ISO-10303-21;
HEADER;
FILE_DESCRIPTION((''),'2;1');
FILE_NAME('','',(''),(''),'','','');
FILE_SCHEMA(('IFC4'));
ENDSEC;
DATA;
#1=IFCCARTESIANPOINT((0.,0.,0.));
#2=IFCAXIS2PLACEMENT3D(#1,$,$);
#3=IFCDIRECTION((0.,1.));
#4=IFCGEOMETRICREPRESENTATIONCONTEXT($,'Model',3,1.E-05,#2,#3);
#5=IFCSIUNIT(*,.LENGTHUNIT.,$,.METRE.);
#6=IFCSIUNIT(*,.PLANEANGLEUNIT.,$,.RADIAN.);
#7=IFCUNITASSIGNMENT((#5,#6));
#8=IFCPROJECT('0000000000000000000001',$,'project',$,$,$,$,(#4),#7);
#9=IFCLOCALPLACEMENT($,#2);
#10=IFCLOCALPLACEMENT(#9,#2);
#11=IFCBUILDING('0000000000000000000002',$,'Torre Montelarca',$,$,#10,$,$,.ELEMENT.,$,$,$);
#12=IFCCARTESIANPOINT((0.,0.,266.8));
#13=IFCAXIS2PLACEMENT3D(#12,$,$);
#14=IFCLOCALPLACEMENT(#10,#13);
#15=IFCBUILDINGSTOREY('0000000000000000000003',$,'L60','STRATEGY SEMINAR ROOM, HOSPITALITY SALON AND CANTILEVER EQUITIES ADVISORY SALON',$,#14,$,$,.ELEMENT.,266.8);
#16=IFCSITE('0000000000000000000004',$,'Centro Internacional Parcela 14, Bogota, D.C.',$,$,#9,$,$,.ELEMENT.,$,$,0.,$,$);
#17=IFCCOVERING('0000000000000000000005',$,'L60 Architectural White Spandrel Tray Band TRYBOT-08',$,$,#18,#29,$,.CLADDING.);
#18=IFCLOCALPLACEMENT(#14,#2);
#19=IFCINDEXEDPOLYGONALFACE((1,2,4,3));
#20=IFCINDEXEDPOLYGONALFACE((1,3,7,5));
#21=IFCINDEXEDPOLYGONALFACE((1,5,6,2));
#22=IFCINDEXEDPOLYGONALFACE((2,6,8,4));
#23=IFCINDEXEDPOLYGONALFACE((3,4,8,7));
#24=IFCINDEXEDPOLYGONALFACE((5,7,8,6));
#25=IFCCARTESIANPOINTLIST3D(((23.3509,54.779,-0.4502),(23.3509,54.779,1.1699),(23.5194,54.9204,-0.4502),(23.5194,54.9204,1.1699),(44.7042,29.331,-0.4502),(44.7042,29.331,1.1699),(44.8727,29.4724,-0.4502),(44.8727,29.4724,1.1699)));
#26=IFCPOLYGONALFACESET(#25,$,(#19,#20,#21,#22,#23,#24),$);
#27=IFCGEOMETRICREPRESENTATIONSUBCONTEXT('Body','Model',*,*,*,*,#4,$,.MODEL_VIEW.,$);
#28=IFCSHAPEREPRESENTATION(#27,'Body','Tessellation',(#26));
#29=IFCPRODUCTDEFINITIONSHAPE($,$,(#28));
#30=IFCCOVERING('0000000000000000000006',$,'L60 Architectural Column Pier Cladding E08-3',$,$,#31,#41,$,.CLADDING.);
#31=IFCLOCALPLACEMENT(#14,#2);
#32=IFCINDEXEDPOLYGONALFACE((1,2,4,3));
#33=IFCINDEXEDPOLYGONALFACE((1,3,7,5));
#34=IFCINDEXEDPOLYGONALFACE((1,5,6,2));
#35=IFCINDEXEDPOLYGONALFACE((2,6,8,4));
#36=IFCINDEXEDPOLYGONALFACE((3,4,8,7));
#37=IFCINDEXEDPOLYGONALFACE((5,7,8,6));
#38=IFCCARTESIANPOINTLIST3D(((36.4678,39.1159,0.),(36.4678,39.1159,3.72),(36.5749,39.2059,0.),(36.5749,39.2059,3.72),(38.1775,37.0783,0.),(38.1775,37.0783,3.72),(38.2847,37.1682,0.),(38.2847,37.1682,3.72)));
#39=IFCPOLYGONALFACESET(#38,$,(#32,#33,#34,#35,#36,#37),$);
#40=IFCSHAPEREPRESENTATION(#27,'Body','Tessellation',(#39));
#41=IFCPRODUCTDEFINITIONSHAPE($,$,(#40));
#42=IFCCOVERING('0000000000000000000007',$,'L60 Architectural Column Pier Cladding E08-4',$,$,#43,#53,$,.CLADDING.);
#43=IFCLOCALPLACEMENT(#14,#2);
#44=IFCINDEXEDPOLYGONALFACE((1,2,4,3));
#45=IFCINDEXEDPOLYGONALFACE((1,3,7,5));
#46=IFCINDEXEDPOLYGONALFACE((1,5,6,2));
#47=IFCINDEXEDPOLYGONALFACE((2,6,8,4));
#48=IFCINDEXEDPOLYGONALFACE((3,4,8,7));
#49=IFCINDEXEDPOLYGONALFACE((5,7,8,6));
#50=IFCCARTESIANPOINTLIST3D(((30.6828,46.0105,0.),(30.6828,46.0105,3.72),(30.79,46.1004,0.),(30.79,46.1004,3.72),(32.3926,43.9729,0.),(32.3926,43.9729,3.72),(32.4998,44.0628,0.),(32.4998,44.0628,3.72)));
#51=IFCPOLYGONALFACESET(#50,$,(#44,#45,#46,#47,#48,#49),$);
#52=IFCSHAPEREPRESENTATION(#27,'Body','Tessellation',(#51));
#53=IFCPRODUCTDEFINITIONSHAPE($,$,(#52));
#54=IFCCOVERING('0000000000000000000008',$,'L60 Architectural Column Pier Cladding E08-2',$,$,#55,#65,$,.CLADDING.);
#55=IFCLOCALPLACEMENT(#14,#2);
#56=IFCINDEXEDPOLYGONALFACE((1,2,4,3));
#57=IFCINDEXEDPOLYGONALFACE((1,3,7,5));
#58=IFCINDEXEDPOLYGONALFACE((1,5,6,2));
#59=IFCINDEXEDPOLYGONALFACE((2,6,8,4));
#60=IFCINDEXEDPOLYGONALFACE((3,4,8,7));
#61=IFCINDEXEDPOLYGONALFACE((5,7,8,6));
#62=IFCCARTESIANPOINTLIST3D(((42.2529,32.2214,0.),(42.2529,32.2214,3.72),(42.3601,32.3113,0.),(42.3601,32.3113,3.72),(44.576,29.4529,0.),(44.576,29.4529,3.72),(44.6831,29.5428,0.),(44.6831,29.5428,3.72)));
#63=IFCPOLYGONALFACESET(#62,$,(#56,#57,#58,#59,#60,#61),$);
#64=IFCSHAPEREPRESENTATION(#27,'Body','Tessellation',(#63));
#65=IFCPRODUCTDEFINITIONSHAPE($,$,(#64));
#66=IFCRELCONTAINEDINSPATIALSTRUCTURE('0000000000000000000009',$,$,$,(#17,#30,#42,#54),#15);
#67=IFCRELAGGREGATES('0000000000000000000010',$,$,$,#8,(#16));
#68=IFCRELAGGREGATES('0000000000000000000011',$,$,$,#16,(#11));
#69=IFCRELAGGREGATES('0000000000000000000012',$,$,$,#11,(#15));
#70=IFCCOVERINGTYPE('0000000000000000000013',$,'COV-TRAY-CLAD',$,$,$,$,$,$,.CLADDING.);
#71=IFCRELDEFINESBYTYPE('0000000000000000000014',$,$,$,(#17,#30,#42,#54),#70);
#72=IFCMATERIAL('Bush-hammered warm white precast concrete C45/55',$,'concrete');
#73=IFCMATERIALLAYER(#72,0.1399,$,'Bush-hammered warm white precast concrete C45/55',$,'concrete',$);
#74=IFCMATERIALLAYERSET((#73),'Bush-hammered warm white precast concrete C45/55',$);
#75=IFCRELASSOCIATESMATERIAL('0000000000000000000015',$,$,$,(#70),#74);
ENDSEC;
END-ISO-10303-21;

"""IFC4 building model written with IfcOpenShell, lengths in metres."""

from ifc_helpers import new_model, si_unit, direction, frame, origin, origin_2d, place, context, subcontext, project, spatial, rectangle, extrude, source, transform, mapped, material, layer, layer_set, type_object, element, save


model = new_model("IFC4")

# Units and contexts
model_context = context("Model", 3, precision=1e-05, world=origin(), true_north=direction((0.0, 1.0)))
body_context = subcontext(model_context, "Body", "Model", "MODEL_VIEW")
ifc_project = project(units=[si_unit("LENGTHUNIT", "METRE"), si_unit("PLANEANGLEUNIT", "RADIAN")], contexts=[model_context])

# Site, building, storey
site_placement = place(None, origin())
site = spatial("IfcSite", under=ifc_project, at=site_placement, Name="Centro Internacional Parcela 14, Bogota, D.C.", CompositionType="ELEMENT", RefElevation=0.0)
building_placement = place(site_placement, origin())
building = spatial("IfcBuilding", under=site, at=building_placement, Name="Torre Montelarca", CompositionType="ELEMENT")
storey_placement = place(building_placement, frame((0.0, 0.0, 266.8)))
storey = spatial("IfcBuildingStorey", under=building, at=storey_placement, Name="L60", Description="STRATEGY SEMINAR ROOM, HOSPITALITY SALON AND CANTILEVER EQUITIES ADVISORY SALON", CompositionType="ELEMENT", Elevation=266.8)

# Coverings
ifc_material_1 = material(Name="Bush-hammered warm white precast concrete C45/55", Category="concrete")
ifc_layer_1 = layer(ifc_material_1, 0.1399, Name="Bush-hammered warm white precast concrete C45/55", Category="concrete")
ifc_layer_set_1 = layer_set([ifc_layer_1], Name="Bush-hammered warm white precast concrete C45/55")
covering_type = type_object("IfcCoveringType", Name="COV-TRAY-CLAD", PredefinedType="CLADDING", material=ifc_layer_set_1)
shared_shape_1 = source(origin(), body_context, "Body", "SweptSolid", [
    extrude(rectangle(XDim=33.22, YDim=0.22, at=origin_2d()), origin(), (0.0, 0.0, 1.0), 1.6201),
])
covering_1_placement = place(storey_placement, frame((34.1118, 42.1257, -0.4502), z_axis=(0.0, 0.0, 1.0), x_axis=(-0.642786, 0.766046, 0.0)))
element("IfcCovering", 1, at=covering_1_placement, inside=storey, type_object=covering_type, Name="L60 Architectural White Spandrel Tray Band TRYBOT-08", PredefinedType="CLADDING", context=body_context, shape_type="MappedRepresentation", body=[
    mapped(shared_shape_1, transform((0.0, 0.0, 0.0), scale=1.0)),
])
shared_shape_2 = source(origin(), body_context, "Body", "SweptSolid", [
    extrude(rectangle(XDim=2.6599, YDim=0.1399, at=origin_2d()), origin(), (0.0, 0.0, 1.0), 3.72),
])
for number, where, z_axis, x_axis, name in (
    (2, (37.3762, 38.1421, 0.0), (0.0, 0.0, 1.0), (-0.642788, 0.766044, 0.0), "L60 Architectural Column Pier Cladding E08-3"),
    (3, (31.5913, 45.0366, 0.0), (0.0, 0.0, 1.0), (-0.642788, 0.766044, 0.0), "L60 Architectural Column Pier Cladding E08-4"),
):
    element("IfcCovering", number, at=place(storey_placement, frame(where, z_axis=z_axis, x_axis=x_axis)), inside=storey, type_object=covering_type, Name=name, PredefinedType="CLADDING", context=body_context, shape_type="MappedRepresentation", body=[
        mapped(shared_shape_2, transform((0.0, 0.0, 0.0), scale=1.0)),
    ])
shared_shape_3 = source(origin(), body_context, "Body", "SweptSolid", [
    extrude(rectangle(XDim=3.614, YDim=0.1399, at=origin_2d()), origin(), (0.0, 0.0, 1.0), 3.72),
])
covering_2_placement = place(storey_placement, frame((43.468, 30.8821, 0.0), z_axis=(0.0, 0.0, 1.0), x_axis=(-0.642788, 0.766044, 0.0)))
element("IfcCovering", 4, at=covering_2_placement, inside=storey, type_object=covering_type, Name="L60 Architectural Column Pier Cladding E08-2", PredefinedType="CLADDING", context=body_context, shape_type="MappedRepresentation", body=[
    mapped(shared_shape_3, transform((0.0, 0.0, 0.0), scale=1.0)),
])

save(model, "model.ifc")
